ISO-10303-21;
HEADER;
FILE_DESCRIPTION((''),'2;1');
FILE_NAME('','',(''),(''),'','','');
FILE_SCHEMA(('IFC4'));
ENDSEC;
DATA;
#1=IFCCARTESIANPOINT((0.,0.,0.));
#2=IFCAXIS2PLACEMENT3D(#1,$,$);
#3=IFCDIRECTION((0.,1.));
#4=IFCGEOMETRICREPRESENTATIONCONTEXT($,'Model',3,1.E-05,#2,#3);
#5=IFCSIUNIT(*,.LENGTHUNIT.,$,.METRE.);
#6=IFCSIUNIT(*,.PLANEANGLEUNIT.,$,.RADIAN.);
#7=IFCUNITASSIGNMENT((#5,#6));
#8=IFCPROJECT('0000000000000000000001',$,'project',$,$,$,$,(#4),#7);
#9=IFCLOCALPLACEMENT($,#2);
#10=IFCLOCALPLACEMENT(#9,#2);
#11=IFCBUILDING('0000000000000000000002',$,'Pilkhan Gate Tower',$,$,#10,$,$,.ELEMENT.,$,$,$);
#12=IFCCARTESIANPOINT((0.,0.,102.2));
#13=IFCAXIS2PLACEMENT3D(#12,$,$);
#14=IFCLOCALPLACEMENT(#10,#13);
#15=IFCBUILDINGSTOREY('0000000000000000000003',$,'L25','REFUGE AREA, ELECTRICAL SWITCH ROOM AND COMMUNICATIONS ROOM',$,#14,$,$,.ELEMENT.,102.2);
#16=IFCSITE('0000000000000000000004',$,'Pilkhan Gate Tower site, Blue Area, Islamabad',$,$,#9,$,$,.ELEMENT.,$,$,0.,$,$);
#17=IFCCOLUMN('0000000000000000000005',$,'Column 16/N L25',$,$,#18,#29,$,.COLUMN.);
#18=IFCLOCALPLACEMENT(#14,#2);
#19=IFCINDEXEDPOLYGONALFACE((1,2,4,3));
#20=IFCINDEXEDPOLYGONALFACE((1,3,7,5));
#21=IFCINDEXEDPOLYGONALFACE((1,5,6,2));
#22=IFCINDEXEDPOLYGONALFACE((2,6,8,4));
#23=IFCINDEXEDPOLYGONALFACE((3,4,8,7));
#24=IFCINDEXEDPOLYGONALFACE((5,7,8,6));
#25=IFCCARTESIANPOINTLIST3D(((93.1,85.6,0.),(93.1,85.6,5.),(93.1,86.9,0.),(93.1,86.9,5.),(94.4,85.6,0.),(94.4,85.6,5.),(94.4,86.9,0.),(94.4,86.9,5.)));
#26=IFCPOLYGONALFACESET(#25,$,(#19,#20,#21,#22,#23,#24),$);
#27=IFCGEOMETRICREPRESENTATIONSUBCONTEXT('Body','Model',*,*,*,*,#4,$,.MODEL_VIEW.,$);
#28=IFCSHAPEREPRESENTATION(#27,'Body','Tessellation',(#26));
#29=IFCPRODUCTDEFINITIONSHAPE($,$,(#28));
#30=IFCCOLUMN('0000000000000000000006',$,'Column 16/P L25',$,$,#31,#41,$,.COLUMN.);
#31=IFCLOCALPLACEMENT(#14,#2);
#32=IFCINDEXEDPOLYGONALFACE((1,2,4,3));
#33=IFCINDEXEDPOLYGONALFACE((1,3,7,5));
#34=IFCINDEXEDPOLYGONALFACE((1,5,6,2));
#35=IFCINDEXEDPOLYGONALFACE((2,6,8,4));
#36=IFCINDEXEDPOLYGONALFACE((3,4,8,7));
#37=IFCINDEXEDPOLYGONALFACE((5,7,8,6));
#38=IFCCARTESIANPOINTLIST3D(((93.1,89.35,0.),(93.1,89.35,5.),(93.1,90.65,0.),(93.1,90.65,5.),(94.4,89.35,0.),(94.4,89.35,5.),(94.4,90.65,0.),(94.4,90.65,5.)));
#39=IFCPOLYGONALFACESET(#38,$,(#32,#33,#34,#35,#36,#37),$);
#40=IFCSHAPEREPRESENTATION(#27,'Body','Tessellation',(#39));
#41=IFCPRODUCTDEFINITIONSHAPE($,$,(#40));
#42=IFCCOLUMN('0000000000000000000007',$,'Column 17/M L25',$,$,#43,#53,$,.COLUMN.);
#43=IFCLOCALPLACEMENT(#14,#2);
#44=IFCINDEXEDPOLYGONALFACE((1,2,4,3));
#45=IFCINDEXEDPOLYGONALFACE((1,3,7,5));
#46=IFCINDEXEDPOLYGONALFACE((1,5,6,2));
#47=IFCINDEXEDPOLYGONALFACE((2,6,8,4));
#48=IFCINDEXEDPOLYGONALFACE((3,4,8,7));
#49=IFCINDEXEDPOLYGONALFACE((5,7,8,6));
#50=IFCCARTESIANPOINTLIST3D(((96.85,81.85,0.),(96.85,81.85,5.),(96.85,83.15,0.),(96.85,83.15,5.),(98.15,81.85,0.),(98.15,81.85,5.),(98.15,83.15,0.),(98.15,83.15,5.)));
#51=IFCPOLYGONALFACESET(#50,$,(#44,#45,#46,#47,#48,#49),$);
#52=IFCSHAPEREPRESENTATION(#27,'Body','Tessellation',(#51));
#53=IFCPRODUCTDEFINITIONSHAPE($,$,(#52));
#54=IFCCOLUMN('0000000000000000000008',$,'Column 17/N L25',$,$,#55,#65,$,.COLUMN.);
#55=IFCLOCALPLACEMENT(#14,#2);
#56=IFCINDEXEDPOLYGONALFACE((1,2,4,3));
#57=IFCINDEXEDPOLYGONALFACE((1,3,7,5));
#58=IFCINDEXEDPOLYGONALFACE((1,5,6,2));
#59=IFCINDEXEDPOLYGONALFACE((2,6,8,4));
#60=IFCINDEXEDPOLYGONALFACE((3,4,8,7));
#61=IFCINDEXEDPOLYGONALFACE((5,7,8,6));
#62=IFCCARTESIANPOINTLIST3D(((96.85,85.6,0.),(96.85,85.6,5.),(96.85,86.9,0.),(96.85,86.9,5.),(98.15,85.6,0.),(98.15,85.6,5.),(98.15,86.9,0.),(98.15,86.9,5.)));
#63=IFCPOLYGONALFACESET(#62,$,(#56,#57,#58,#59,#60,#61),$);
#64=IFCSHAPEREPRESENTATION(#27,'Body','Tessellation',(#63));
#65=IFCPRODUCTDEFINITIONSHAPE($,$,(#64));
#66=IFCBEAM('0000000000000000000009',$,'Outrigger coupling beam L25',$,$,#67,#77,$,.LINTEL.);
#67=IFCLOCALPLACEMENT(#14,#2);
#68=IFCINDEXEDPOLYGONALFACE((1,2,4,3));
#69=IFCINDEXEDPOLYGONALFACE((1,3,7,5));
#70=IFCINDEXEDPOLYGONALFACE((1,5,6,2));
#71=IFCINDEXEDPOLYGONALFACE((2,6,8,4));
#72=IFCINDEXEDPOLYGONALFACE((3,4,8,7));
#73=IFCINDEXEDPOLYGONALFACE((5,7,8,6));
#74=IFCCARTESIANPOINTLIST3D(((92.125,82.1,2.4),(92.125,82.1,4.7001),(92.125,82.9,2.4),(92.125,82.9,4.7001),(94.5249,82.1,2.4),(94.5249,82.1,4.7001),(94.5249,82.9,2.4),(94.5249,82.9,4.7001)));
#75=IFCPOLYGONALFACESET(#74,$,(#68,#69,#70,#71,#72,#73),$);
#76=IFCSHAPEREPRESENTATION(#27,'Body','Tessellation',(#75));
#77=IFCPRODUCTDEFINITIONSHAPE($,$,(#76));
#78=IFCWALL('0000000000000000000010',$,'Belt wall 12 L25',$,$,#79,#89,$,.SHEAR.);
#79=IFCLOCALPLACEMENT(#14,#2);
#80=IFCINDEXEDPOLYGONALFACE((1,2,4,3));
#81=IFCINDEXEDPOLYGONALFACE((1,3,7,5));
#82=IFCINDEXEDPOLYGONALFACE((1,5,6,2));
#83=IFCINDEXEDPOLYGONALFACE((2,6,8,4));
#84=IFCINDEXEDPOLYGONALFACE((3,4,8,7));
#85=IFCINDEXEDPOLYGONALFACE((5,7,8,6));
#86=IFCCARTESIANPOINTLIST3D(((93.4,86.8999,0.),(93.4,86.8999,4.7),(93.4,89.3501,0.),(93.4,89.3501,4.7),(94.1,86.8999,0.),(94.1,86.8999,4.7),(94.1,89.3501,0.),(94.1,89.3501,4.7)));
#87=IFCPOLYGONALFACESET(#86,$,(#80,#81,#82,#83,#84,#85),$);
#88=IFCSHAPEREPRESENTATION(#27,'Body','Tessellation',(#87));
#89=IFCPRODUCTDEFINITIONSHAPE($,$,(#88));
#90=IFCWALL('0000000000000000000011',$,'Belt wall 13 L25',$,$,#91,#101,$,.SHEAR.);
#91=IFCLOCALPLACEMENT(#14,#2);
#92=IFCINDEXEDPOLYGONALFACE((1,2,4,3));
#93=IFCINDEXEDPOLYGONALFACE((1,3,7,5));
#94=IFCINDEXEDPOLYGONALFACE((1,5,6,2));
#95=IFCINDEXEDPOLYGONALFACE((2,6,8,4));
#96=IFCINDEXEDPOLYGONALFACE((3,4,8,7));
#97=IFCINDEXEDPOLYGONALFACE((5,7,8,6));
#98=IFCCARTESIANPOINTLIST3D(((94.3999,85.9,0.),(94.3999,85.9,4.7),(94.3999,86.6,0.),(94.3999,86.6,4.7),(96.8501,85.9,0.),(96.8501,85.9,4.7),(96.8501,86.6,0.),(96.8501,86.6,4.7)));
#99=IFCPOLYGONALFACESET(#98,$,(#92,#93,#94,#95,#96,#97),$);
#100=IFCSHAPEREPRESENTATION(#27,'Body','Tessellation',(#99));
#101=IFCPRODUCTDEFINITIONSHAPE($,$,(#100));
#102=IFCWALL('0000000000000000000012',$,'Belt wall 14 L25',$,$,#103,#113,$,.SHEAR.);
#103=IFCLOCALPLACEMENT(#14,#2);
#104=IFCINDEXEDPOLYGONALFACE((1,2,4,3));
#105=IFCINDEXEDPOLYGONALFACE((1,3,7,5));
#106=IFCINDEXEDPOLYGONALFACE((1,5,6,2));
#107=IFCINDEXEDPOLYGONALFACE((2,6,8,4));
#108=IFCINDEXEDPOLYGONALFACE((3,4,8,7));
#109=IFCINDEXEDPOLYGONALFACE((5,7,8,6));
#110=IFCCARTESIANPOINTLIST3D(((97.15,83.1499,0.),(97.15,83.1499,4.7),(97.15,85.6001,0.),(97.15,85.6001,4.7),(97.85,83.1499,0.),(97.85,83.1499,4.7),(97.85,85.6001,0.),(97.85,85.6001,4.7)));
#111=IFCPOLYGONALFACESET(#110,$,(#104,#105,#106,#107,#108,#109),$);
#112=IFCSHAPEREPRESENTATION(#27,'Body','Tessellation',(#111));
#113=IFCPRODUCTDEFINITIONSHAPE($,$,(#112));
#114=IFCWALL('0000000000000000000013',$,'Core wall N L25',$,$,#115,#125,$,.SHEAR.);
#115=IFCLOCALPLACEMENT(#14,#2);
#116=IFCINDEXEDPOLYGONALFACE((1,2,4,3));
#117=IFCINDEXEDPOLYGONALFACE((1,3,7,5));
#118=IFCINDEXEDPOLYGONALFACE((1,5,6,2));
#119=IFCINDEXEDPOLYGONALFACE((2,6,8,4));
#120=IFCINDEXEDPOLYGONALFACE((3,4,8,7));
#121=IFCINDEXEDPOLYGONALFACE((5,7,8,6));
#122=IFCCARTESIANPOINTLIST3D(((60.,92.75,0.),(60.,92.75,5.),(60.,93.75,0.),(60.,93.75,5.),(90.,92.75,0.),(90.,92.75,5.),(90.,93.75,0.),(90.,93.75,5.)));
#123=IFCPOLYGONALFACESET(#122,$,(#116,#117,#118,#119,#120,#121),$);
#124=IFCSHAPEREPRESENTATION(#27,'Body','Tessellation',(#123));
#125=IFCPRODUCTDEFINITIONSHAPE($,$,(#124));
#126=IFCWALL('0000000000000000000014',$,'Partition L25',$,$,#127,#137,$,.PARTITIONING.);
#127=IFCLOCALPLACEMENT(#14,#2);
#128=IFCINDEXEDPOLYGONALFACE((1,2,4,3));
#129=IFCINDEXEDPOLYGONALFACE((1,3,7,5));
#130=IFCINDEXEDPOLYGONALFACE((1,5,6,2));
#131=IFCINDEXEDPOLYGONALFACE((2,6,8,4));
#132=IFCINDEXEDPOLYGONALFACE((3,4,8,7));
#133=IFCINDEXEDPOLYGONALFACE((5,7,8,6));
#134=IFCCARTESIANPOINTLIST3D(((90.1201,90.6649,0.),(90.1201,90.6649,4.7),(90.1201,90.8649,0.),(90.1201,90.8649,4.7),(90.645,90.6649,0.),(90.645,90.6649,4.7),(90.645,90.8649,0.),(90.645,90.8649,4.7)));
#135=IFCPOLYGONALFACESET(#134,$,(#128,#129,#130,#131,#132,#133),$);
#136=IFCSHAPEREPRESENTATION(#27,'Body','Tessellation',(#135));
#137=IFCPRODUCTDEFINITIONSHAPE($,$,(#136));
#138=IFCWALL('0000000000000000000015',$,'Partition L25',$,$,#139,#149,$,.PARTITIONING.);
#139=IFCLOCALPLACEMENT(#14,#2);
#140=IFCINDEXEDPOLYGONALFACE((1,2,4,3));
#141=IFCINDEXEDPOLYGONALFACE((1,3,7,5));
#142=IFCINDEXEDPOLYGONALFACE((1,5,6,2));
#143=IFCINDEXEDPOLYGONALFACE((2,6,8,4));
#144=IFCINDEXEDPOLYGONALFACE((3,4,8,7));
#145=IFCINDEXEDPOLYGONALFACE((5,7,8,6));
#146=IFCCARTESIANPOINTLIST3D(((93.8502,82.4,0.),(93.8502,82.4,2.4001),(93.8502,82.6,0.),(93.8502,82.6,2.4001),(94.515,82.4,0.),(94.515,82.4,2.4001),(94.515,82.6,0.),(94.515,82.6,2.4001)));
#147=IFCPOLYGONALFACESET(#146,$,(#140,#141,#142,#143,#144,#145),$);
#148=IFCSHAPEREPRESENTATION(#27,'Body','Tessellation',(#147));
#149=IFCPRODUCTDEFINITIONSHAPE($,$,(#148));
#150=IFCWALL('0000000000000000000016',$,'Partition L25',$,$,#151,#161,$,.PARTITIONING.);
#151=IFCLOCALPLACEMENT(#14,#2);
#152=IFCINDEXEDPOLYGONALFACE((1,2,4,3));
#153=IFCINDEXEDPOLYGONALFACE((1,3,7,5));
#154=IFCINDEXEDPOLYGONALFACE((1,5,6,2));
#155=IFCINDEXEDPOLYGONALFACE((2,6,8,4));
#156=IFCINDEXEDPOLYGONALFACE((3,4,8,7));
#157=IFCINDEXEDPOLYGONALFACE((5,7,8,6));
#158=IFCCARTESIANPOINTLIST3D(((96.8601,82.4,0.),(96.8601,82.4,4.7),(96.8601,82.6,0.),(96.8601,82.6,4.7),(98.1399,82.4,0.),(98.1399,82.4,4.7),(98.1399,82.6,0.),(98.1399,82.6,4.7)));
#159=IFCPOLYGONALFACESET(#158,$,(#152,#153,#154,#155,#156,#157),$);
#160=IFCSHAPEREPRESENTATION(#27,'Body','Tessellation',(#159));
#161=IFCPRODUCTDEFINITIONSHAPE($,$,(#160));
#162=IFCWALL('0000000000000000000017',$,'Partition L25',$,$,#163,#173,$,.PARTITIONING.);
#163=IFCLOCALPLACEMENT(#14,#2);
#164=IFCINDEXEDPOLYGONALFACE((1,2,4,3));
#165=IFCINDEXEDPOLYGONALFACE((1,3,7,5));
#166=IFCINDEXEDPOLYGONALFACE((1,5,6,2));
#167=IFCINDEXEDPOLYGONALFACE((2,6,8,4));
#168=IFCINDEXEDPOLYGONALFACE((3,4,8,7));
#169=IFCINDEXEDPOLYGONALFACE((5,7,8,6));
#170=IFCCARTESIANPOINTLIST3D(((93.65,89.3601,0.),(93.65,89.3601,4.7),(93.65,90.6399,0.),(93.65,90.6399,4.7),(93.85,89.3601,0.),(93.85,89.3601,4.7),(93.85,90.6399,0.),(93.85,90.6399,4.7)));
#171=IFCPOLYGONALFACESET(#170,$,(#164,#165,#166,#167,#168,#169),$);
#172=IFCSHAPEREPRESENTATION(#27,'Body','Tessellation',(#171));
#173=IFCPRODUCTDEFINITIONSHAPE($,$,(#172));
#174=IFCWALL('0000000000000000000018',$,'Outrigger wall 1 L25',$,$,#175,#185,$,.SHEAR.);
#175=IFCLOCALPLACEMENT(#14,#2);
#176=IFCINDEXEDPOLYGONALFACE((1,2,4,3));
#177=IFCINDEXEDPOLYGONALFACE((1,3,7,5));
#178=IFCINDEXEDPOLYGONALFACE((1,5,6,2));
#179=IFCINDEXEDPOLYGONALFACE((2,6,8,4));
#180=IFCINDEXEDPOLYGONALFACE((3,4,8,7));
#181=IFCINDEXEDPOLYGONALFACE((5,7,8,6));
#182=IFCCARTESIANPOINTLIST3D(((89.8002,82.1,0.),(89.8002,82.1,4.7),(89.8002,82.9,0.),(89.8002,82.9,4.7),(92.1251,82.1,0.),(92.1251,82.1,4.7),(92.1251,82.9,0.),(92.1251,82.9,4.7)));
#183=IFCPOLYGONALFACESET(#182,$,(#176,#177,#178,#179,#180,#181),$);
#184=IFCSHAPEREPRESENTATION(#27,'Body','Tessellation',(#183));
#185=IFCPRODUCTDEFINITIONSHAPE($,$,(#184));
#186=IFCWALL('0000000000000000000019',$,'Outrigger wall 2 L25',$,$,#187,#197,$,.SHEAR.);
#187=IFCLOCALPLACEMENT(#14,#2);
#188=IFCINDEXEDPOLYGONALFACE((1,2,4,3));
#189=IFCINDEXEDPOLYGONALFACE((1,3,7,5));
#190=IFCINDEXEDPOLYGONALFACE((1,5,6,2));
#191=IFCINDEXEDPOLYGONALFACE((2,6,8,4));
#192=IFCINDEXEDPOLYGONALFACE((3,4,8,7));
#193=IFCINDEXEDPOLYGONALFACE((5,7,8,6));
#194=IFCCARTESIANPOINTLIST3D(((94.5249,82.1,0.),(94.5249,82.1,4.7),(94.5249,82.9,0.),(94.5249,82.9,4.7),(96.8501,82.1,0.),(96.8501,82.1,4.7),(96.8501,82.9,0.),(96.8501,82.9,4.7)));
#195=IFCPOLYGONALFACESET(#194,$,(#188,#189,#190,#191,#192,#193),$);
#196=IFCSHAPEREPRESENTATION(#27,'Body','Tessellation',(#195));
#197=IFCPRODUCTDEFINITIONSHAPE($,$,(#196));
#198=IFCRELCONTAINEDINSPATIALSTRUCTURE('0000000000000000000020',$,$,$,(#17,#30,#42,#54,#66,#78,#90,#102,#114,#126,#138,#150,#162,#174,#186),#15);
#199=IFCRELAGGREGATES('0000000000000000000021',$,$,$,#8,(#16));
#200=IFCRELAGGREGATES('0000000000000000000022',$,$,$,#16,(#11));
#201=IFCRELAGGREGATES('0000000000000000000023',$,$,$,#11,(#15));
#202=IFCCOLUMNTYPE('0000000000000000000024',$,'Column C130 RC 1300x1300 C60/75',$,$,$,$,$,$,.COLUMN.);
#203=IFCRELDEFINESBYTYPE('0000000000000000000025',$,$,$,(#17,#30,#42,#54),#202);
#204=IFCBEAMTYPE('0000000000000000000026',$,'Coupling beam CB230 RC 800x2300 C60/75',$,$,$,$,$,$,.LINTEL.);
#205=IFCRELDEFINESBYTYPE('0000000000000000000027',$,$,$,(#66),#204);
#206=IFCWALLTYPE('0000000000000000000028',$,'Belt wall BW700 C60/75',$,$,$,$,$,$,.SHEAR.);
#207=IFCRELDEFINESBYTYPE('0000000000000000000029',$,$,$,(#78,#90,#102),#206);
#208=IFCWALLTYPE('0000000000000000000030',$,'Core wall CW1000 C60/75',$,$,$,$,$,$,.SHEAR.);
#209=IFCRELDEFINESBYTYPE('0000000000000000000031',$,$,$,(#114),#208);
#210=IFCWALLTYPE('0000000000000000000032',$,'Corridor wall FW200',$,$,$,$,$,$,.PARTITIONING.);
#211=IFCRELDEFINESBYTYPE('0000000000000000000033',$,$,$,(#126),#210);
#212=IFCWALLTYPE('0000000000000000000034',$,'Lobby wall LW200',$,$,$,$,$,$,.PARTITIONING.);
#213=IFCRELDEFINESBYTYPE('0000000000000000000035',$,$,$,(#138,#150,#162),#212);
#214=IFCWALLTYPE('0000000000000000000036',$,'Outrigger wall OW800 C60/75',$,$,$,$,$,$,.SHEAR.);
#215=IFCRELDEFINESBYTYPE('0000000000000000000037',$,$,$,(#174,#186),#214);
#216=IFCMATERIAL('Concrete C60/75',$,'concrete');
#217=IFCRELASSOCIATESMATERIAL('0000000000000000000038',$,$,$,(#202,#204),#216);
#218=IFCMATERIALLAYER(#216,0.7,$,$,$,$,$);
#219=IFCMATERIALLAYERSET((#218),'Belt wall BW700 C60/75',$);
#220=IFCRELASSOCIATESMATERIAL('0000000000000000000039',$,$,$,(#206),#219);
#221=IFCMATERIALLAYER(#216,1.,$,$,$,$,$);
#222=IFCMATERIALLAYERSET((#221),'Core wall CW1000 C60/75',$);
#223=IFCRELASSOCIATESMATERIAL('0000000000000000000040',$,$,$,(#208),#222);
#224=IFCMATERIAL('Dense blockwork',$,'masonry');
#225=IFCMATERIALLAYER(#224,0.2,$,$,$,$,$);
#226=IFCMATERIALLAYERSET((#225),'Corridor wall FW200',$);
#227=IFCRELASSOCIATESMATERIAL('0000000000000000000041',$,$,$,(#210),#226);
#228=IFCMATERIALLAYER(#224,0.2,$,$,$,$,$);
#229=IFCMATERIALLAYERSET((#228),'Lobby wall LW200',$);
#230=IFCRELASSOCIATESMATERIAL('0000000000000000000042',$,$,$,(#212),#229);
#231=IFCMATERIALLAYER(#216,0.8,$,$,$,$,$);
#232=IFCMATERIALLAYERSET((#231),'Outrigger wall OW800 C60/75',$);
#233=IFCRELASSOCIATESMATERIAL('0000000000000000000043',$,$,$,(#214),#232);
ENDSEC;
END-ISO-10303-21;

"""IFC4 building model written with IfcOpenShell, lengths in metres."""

from ifc_helpers import new_model, si_unit, direction, frame, frame_2d, origin, origin_2d, place, context, subcontext, project, spatial, rectangle, extrude, material, layer, layer_set, material_profile, profile_set, type_object, element, save


model = new_model("IFC4")

# Units and contexts
model_context = context("Model", 3, precision=1e-05, world=origin(), true_north=direction((0.0, 1.0)))
body_context = subcontext(model_context, "Body", "Model", "MODEL_VIEW")
ifc_project = project(units=[si_unit("LENGTHUNIT", "METRE"), si_unit("PLANEANGLEUNIT", "RADIAN")], contexts=[model_context])

# Site, building, storey
site_placement = place(None, origin())
site = spatial("IfcSite", under=ifc_project, at=site_placement, Name="Pilkhan Gate Tower site, Blue Area, Islamabad", CompositionType="ELEMENT", RefElevation=0.0)
building_placement = place(site_placement, origin())
building = spatial("IfcBuilding", under=site, at=building_placement, Name="Pilkhan Gate Tower", CompositionType="ELEMENT")
storey_placement = place(building_placement, frame((0.0, 0.0, 102.2)))
storey = spatial("IfcBuildingStorey", under=building, at=storey_placement, Name="L25", Description="REFUGE AREA, ELECTRICAL SWITCH ROOM AND COMMUNICATIONS ROOM", CompositionType="ELEMENT", Elevation=102.2)

# Columns
ifc_material_1 = material(Name="Concrete C60/75", Category="concrete")
ifc_material_profile_1 = material_profile(ifc_material_1, rectangle(XDim=1.3, YDim=1.3, at=origin_2d()), Name="RC 1300x1300")
ifc_profile_set_1 = profile_set([ifc_material_profile_1], Name="Concrete C60/75")
column_type = type_object("IfcColumnType", Name="Column C130 RC 1300x1300 C60/75", PredefinedType="COLUMN", material=ifc_profile_set_1)
for number, where, z_axis, x_axis, name in (
    (1, (93.75, 86.25, 0.0), (0.0, 0.0, 1.0), (1.0, 0.0, 0.0), "Column 16/N L25"),
    (2, (93.75, 90.0, 0.0), (0.0, 0.0, 1.0), (1.0, 0.0, 0.0), "Column 16/P L25"),
    (3, (97.5, 82.5, 0.0), (0.0, 0.0, 1.0), (1.0, 0.0, 0.0), "Column 17/M L25"),
    (4, (97.5, 86.25, 0.0), (0.0, 0.0, 1.0), (1.0, 0.0, 0.0), "Column 17/N L25"),
):
    element("IfcColumn", number, at=place(storey_placement, frame(where, z_axis=z_axis, x_axis=x_axis)), inside=storey, type_object=column_type, Name=name, PredefinedType="COLUMN", context=body_context, shape_type="SweptSolid", body=[
        extrude(rectangle(XDim=1.3, YDim=1.3, at=origin_2d()), origin(), (0.0, 0.0, 1.0), 5.0),
    ])

# Beam
ifc_material_profile_2 = material_profile(ifc_material_1, rectangle(XDim=0.8, YDim=2.3, at=origin_2d()), Name="RC 800x2300")
ifc_profile_set_2 = profile_set([ifc_material_profile_2], Name="Concrete C60/75")
beam_type = type_object("IfcBeamType", Name="Coupling beam CB230 RC 800x2300 C60/75", PredefinedType="LINTEL", material=ifc_profile_set_2)
beam_placement = place(storey_placement, frame((92.125, 82.5, 3.55), z_axis=(1.0, 0.0, 0.0), x_axis=(0.0, 1.0, 0.0)))
element("IfcBeam", 5, at=beam_placement, inside=storey, type_object=beam_type, Name="Outrigger coupling beam L25", PredefinedType="LINTEL", context=body_context, shape_type="SweptSolid", body=[
    extrude(rectangle(XDim=0.8, YDim=2.3, at=origin_2d()), origin(), (0.0, 0.0, 1.0), 2.3999),
])

# Walls
ifc_layer_1 = layer(ifc_material_1, 0.7)
ifc_layer_set_1 = layer_set([ifc_layer_1], Name="Belt wall BW700 C60/75")
wall_type_1 = type_object("IfcWallType", Name="Belt wall BW700 C60/75", PredefinedType="SHEAR", material=ifc_layer_set_1)
for number, where, z_axis, x_axis, name in (
    (6, (93.75, 89.3501, 0.0), (0.0, 0.0, 1.0), (0.0, -1.0, 0.0), "Belt wall 12 L25"),
    (7, (94.3999, 86.25, 0.0), (0.0, 0.0, 1.0), (1.0, 0.0, 0.0), "Belt wall 13 L25"),
    (8, (97.5, 85.6001, 0.0), (0.0, 0.0, 1.0), (0.0, -1.0, 0.0), "Belt wall 14 L25"),
):
    element("IfcWall", number, at=place(storey_placement, frame(where, z_axis=z_axis, x_axis=x_axis)), inside=storey, type_object=wall_type_1, Name=name, PredefinedType="SHEAR", context=body_context, shape_type="SweptSolid", body=[
        extrude(rectangle(XDim=2.4502, YDim=0.7, at=frame_2d((1.2251, 0.0))), origin(), (0.0, 0.0, 1.0), 4.7),
    ])
ifc_layer_2 = layer(ifc_material_1, 1.0)
ifc_layer_set_2 = layer_set([ifc_layer_2], Name="Core wall CW1000 C60/75")
wall_type_2 = type_object("IfcWallType", Name="Core wall CW1000 C60/75", PredefinedType="SHEAR", material=ifc_layer_set_2)
wall_1_placement = place(storey_placement, frame((90.0, 93.25, 0.0), z_axis=(0.0, 0.0, 1.0), x_axis=(-1.0, 0.0, 0.0)))
element("IfcWall", 9, at=wall_1_placement, inside=storey, type_object=wall_type_2, Name="Core wall N L25", PredefinedType="SHEAR", context=body_context, shape_type="SweptSolid", body=[
    extrude(rectangle(XDim=30.0, YDim=1.0, at=frame_2d((15.0, 0.0))), origin(), (0.0, 0.0, 1.0), 5.0),
])
ifc_material_2 = material(Name="Dense blockwork", Category="masonry")
ifc_layer_3 = layer(ifc_material_2, 0.2)
ifc_layer_set_3 = layer_set([ifc_layer_3], Name="Corridor wall FW200")
wall_type_3 = type_object("IfcWallType", Name="Corridor wall FW200", PredefinedType="PARTITIONING", material=ifc_layer_set_3)
wall_2_placement = place(storey_placement, frame((90.1201, 90.7649, 0.0), z_axis=(0.0, 0.0, 1.0), x_axis=(1.0, 0.0, 0.0)))
element("IfcWall", 10, at=wall_2_placement, inside=storey, type_object=wall_type_3, Name="Partition L25", PredefinedType="PARTITIONING", context=body_context, shape_type="SweptSolid", body=[
    extrude(rectangle(XDim=0.5249, YDim=0.2, at=frame_2d((0.2625, 0.0))), origin(), (0.0, 0.0, 1.0), 4.7),
])
ifc_layer_4 = layer(ifc_material_2, 0.2)
ifc_layer_set_4 = layer_set([ifc_layer_4], Name="Lobby wall LW200")
wall_type_4 = type_object("IfcWallType", Name="Lobby wall LW200", PredefinedType="PARTITIONING", material=ifc_layer_set_4)
wall_3_placement = place(storey_placement, frame((93.8501, 82.5, 0.0), z_axis=(0.0, 0.0, 1.0), x_axis=(1.0, 0.0, 0.0)))
element("IfcWall", 11, at=wall_3_placement, inside=storey, type_object=wall_type_4, Name="Partition L25", PredefinedType="PARTITIONING", context=body_context, shape_type="SweptSolid", body=[
    extrude(rectangle(XDim=0.6648, YDim=0.2, at=frame_2d((0.3325, 0.0))), origin(), (0.0, 0.0, 1.0), 2.4001),
])
for number, where, z_axis, x_axis, name in (
    (12, (96.8601, 82.5, 0.0), (0.0, 0.0, 1.0), (1.0, 0.0, 0.0), "Partition L25"),
    (13, (93.75, 89.3601, 0.0), (0.0, 0.0, 1.0), (0.0, 1.0, 0.0), "Partition L25"),
):
    element("IfcWall", number, at=place(storey_placement, frame(where, z_axis=z_axis, x_axis=x_axis)), inside=storey, type_object=wall_type_4, Name=name, PredefinedType="PARTITIONING", context=body_context, shape_type="SweptSolid", body=[
        extrude(rectangle(XDim=1.2798, YDim=0.2, at=frame_2d((0.6399, 0.0))), origin(), (0.0, 0.0, 1.0), 4.7),
    ])
ifc_layer_5 = layer(ifc_material_1, 0.8)
ifc_layer_set_5 = layer_set([ifc_layer_5], Name="Outrigger wall OW800 C60/75")
wall_type_5 = type_object("IfcWallType", Name="Outrigger wall OW800 C60/75", PredefinedType="SHEAR", material=ifc_layer_set_5)
wall_4_placement = place(storey_placement, frame((89.8, 82.5, 0.0), z_axis=(0.0, 0.0, 1.0), x_axis=(1.0, 0.0, 0.0)))
element("IfcWall", 14, at=wall_4_placement, inside=storey, type_object=wall_type_5, Name="Outrigger wall 1 L25", PredefinedType="SHEAR", context=body_context, shape_type="SweptSolid", body=[
    extrude(rectangle(XDim=2.325, YDim=0.8, at=frame_2d((1.1626, 0.0))), origin(), (0.0, 0.0, 1.0), 4.7),
])
wall_5_placement = place(storey_placement, frame((94.5249, 82.5, 0.0), z_axis=(0.0, 0.0, 1.0), x_axis=(1.0, 0.0, 0.0)))
element("IfcWall", 15, at=wall_5_placement, inside=storey, type_object=wall_type_5, Name="Outrigger wall 2 L25", PredefinedType="SHEAR", context=body_context, shape_type="SweptSolid", body=[
    extrude(rectangle(XDim=2.3252, YDim=0.8, at=frame_2d((1.1626, 0.0))), origin(), (0.0, 0.0, 1.0), 4.7),
])

save(model, "model.ifc")
